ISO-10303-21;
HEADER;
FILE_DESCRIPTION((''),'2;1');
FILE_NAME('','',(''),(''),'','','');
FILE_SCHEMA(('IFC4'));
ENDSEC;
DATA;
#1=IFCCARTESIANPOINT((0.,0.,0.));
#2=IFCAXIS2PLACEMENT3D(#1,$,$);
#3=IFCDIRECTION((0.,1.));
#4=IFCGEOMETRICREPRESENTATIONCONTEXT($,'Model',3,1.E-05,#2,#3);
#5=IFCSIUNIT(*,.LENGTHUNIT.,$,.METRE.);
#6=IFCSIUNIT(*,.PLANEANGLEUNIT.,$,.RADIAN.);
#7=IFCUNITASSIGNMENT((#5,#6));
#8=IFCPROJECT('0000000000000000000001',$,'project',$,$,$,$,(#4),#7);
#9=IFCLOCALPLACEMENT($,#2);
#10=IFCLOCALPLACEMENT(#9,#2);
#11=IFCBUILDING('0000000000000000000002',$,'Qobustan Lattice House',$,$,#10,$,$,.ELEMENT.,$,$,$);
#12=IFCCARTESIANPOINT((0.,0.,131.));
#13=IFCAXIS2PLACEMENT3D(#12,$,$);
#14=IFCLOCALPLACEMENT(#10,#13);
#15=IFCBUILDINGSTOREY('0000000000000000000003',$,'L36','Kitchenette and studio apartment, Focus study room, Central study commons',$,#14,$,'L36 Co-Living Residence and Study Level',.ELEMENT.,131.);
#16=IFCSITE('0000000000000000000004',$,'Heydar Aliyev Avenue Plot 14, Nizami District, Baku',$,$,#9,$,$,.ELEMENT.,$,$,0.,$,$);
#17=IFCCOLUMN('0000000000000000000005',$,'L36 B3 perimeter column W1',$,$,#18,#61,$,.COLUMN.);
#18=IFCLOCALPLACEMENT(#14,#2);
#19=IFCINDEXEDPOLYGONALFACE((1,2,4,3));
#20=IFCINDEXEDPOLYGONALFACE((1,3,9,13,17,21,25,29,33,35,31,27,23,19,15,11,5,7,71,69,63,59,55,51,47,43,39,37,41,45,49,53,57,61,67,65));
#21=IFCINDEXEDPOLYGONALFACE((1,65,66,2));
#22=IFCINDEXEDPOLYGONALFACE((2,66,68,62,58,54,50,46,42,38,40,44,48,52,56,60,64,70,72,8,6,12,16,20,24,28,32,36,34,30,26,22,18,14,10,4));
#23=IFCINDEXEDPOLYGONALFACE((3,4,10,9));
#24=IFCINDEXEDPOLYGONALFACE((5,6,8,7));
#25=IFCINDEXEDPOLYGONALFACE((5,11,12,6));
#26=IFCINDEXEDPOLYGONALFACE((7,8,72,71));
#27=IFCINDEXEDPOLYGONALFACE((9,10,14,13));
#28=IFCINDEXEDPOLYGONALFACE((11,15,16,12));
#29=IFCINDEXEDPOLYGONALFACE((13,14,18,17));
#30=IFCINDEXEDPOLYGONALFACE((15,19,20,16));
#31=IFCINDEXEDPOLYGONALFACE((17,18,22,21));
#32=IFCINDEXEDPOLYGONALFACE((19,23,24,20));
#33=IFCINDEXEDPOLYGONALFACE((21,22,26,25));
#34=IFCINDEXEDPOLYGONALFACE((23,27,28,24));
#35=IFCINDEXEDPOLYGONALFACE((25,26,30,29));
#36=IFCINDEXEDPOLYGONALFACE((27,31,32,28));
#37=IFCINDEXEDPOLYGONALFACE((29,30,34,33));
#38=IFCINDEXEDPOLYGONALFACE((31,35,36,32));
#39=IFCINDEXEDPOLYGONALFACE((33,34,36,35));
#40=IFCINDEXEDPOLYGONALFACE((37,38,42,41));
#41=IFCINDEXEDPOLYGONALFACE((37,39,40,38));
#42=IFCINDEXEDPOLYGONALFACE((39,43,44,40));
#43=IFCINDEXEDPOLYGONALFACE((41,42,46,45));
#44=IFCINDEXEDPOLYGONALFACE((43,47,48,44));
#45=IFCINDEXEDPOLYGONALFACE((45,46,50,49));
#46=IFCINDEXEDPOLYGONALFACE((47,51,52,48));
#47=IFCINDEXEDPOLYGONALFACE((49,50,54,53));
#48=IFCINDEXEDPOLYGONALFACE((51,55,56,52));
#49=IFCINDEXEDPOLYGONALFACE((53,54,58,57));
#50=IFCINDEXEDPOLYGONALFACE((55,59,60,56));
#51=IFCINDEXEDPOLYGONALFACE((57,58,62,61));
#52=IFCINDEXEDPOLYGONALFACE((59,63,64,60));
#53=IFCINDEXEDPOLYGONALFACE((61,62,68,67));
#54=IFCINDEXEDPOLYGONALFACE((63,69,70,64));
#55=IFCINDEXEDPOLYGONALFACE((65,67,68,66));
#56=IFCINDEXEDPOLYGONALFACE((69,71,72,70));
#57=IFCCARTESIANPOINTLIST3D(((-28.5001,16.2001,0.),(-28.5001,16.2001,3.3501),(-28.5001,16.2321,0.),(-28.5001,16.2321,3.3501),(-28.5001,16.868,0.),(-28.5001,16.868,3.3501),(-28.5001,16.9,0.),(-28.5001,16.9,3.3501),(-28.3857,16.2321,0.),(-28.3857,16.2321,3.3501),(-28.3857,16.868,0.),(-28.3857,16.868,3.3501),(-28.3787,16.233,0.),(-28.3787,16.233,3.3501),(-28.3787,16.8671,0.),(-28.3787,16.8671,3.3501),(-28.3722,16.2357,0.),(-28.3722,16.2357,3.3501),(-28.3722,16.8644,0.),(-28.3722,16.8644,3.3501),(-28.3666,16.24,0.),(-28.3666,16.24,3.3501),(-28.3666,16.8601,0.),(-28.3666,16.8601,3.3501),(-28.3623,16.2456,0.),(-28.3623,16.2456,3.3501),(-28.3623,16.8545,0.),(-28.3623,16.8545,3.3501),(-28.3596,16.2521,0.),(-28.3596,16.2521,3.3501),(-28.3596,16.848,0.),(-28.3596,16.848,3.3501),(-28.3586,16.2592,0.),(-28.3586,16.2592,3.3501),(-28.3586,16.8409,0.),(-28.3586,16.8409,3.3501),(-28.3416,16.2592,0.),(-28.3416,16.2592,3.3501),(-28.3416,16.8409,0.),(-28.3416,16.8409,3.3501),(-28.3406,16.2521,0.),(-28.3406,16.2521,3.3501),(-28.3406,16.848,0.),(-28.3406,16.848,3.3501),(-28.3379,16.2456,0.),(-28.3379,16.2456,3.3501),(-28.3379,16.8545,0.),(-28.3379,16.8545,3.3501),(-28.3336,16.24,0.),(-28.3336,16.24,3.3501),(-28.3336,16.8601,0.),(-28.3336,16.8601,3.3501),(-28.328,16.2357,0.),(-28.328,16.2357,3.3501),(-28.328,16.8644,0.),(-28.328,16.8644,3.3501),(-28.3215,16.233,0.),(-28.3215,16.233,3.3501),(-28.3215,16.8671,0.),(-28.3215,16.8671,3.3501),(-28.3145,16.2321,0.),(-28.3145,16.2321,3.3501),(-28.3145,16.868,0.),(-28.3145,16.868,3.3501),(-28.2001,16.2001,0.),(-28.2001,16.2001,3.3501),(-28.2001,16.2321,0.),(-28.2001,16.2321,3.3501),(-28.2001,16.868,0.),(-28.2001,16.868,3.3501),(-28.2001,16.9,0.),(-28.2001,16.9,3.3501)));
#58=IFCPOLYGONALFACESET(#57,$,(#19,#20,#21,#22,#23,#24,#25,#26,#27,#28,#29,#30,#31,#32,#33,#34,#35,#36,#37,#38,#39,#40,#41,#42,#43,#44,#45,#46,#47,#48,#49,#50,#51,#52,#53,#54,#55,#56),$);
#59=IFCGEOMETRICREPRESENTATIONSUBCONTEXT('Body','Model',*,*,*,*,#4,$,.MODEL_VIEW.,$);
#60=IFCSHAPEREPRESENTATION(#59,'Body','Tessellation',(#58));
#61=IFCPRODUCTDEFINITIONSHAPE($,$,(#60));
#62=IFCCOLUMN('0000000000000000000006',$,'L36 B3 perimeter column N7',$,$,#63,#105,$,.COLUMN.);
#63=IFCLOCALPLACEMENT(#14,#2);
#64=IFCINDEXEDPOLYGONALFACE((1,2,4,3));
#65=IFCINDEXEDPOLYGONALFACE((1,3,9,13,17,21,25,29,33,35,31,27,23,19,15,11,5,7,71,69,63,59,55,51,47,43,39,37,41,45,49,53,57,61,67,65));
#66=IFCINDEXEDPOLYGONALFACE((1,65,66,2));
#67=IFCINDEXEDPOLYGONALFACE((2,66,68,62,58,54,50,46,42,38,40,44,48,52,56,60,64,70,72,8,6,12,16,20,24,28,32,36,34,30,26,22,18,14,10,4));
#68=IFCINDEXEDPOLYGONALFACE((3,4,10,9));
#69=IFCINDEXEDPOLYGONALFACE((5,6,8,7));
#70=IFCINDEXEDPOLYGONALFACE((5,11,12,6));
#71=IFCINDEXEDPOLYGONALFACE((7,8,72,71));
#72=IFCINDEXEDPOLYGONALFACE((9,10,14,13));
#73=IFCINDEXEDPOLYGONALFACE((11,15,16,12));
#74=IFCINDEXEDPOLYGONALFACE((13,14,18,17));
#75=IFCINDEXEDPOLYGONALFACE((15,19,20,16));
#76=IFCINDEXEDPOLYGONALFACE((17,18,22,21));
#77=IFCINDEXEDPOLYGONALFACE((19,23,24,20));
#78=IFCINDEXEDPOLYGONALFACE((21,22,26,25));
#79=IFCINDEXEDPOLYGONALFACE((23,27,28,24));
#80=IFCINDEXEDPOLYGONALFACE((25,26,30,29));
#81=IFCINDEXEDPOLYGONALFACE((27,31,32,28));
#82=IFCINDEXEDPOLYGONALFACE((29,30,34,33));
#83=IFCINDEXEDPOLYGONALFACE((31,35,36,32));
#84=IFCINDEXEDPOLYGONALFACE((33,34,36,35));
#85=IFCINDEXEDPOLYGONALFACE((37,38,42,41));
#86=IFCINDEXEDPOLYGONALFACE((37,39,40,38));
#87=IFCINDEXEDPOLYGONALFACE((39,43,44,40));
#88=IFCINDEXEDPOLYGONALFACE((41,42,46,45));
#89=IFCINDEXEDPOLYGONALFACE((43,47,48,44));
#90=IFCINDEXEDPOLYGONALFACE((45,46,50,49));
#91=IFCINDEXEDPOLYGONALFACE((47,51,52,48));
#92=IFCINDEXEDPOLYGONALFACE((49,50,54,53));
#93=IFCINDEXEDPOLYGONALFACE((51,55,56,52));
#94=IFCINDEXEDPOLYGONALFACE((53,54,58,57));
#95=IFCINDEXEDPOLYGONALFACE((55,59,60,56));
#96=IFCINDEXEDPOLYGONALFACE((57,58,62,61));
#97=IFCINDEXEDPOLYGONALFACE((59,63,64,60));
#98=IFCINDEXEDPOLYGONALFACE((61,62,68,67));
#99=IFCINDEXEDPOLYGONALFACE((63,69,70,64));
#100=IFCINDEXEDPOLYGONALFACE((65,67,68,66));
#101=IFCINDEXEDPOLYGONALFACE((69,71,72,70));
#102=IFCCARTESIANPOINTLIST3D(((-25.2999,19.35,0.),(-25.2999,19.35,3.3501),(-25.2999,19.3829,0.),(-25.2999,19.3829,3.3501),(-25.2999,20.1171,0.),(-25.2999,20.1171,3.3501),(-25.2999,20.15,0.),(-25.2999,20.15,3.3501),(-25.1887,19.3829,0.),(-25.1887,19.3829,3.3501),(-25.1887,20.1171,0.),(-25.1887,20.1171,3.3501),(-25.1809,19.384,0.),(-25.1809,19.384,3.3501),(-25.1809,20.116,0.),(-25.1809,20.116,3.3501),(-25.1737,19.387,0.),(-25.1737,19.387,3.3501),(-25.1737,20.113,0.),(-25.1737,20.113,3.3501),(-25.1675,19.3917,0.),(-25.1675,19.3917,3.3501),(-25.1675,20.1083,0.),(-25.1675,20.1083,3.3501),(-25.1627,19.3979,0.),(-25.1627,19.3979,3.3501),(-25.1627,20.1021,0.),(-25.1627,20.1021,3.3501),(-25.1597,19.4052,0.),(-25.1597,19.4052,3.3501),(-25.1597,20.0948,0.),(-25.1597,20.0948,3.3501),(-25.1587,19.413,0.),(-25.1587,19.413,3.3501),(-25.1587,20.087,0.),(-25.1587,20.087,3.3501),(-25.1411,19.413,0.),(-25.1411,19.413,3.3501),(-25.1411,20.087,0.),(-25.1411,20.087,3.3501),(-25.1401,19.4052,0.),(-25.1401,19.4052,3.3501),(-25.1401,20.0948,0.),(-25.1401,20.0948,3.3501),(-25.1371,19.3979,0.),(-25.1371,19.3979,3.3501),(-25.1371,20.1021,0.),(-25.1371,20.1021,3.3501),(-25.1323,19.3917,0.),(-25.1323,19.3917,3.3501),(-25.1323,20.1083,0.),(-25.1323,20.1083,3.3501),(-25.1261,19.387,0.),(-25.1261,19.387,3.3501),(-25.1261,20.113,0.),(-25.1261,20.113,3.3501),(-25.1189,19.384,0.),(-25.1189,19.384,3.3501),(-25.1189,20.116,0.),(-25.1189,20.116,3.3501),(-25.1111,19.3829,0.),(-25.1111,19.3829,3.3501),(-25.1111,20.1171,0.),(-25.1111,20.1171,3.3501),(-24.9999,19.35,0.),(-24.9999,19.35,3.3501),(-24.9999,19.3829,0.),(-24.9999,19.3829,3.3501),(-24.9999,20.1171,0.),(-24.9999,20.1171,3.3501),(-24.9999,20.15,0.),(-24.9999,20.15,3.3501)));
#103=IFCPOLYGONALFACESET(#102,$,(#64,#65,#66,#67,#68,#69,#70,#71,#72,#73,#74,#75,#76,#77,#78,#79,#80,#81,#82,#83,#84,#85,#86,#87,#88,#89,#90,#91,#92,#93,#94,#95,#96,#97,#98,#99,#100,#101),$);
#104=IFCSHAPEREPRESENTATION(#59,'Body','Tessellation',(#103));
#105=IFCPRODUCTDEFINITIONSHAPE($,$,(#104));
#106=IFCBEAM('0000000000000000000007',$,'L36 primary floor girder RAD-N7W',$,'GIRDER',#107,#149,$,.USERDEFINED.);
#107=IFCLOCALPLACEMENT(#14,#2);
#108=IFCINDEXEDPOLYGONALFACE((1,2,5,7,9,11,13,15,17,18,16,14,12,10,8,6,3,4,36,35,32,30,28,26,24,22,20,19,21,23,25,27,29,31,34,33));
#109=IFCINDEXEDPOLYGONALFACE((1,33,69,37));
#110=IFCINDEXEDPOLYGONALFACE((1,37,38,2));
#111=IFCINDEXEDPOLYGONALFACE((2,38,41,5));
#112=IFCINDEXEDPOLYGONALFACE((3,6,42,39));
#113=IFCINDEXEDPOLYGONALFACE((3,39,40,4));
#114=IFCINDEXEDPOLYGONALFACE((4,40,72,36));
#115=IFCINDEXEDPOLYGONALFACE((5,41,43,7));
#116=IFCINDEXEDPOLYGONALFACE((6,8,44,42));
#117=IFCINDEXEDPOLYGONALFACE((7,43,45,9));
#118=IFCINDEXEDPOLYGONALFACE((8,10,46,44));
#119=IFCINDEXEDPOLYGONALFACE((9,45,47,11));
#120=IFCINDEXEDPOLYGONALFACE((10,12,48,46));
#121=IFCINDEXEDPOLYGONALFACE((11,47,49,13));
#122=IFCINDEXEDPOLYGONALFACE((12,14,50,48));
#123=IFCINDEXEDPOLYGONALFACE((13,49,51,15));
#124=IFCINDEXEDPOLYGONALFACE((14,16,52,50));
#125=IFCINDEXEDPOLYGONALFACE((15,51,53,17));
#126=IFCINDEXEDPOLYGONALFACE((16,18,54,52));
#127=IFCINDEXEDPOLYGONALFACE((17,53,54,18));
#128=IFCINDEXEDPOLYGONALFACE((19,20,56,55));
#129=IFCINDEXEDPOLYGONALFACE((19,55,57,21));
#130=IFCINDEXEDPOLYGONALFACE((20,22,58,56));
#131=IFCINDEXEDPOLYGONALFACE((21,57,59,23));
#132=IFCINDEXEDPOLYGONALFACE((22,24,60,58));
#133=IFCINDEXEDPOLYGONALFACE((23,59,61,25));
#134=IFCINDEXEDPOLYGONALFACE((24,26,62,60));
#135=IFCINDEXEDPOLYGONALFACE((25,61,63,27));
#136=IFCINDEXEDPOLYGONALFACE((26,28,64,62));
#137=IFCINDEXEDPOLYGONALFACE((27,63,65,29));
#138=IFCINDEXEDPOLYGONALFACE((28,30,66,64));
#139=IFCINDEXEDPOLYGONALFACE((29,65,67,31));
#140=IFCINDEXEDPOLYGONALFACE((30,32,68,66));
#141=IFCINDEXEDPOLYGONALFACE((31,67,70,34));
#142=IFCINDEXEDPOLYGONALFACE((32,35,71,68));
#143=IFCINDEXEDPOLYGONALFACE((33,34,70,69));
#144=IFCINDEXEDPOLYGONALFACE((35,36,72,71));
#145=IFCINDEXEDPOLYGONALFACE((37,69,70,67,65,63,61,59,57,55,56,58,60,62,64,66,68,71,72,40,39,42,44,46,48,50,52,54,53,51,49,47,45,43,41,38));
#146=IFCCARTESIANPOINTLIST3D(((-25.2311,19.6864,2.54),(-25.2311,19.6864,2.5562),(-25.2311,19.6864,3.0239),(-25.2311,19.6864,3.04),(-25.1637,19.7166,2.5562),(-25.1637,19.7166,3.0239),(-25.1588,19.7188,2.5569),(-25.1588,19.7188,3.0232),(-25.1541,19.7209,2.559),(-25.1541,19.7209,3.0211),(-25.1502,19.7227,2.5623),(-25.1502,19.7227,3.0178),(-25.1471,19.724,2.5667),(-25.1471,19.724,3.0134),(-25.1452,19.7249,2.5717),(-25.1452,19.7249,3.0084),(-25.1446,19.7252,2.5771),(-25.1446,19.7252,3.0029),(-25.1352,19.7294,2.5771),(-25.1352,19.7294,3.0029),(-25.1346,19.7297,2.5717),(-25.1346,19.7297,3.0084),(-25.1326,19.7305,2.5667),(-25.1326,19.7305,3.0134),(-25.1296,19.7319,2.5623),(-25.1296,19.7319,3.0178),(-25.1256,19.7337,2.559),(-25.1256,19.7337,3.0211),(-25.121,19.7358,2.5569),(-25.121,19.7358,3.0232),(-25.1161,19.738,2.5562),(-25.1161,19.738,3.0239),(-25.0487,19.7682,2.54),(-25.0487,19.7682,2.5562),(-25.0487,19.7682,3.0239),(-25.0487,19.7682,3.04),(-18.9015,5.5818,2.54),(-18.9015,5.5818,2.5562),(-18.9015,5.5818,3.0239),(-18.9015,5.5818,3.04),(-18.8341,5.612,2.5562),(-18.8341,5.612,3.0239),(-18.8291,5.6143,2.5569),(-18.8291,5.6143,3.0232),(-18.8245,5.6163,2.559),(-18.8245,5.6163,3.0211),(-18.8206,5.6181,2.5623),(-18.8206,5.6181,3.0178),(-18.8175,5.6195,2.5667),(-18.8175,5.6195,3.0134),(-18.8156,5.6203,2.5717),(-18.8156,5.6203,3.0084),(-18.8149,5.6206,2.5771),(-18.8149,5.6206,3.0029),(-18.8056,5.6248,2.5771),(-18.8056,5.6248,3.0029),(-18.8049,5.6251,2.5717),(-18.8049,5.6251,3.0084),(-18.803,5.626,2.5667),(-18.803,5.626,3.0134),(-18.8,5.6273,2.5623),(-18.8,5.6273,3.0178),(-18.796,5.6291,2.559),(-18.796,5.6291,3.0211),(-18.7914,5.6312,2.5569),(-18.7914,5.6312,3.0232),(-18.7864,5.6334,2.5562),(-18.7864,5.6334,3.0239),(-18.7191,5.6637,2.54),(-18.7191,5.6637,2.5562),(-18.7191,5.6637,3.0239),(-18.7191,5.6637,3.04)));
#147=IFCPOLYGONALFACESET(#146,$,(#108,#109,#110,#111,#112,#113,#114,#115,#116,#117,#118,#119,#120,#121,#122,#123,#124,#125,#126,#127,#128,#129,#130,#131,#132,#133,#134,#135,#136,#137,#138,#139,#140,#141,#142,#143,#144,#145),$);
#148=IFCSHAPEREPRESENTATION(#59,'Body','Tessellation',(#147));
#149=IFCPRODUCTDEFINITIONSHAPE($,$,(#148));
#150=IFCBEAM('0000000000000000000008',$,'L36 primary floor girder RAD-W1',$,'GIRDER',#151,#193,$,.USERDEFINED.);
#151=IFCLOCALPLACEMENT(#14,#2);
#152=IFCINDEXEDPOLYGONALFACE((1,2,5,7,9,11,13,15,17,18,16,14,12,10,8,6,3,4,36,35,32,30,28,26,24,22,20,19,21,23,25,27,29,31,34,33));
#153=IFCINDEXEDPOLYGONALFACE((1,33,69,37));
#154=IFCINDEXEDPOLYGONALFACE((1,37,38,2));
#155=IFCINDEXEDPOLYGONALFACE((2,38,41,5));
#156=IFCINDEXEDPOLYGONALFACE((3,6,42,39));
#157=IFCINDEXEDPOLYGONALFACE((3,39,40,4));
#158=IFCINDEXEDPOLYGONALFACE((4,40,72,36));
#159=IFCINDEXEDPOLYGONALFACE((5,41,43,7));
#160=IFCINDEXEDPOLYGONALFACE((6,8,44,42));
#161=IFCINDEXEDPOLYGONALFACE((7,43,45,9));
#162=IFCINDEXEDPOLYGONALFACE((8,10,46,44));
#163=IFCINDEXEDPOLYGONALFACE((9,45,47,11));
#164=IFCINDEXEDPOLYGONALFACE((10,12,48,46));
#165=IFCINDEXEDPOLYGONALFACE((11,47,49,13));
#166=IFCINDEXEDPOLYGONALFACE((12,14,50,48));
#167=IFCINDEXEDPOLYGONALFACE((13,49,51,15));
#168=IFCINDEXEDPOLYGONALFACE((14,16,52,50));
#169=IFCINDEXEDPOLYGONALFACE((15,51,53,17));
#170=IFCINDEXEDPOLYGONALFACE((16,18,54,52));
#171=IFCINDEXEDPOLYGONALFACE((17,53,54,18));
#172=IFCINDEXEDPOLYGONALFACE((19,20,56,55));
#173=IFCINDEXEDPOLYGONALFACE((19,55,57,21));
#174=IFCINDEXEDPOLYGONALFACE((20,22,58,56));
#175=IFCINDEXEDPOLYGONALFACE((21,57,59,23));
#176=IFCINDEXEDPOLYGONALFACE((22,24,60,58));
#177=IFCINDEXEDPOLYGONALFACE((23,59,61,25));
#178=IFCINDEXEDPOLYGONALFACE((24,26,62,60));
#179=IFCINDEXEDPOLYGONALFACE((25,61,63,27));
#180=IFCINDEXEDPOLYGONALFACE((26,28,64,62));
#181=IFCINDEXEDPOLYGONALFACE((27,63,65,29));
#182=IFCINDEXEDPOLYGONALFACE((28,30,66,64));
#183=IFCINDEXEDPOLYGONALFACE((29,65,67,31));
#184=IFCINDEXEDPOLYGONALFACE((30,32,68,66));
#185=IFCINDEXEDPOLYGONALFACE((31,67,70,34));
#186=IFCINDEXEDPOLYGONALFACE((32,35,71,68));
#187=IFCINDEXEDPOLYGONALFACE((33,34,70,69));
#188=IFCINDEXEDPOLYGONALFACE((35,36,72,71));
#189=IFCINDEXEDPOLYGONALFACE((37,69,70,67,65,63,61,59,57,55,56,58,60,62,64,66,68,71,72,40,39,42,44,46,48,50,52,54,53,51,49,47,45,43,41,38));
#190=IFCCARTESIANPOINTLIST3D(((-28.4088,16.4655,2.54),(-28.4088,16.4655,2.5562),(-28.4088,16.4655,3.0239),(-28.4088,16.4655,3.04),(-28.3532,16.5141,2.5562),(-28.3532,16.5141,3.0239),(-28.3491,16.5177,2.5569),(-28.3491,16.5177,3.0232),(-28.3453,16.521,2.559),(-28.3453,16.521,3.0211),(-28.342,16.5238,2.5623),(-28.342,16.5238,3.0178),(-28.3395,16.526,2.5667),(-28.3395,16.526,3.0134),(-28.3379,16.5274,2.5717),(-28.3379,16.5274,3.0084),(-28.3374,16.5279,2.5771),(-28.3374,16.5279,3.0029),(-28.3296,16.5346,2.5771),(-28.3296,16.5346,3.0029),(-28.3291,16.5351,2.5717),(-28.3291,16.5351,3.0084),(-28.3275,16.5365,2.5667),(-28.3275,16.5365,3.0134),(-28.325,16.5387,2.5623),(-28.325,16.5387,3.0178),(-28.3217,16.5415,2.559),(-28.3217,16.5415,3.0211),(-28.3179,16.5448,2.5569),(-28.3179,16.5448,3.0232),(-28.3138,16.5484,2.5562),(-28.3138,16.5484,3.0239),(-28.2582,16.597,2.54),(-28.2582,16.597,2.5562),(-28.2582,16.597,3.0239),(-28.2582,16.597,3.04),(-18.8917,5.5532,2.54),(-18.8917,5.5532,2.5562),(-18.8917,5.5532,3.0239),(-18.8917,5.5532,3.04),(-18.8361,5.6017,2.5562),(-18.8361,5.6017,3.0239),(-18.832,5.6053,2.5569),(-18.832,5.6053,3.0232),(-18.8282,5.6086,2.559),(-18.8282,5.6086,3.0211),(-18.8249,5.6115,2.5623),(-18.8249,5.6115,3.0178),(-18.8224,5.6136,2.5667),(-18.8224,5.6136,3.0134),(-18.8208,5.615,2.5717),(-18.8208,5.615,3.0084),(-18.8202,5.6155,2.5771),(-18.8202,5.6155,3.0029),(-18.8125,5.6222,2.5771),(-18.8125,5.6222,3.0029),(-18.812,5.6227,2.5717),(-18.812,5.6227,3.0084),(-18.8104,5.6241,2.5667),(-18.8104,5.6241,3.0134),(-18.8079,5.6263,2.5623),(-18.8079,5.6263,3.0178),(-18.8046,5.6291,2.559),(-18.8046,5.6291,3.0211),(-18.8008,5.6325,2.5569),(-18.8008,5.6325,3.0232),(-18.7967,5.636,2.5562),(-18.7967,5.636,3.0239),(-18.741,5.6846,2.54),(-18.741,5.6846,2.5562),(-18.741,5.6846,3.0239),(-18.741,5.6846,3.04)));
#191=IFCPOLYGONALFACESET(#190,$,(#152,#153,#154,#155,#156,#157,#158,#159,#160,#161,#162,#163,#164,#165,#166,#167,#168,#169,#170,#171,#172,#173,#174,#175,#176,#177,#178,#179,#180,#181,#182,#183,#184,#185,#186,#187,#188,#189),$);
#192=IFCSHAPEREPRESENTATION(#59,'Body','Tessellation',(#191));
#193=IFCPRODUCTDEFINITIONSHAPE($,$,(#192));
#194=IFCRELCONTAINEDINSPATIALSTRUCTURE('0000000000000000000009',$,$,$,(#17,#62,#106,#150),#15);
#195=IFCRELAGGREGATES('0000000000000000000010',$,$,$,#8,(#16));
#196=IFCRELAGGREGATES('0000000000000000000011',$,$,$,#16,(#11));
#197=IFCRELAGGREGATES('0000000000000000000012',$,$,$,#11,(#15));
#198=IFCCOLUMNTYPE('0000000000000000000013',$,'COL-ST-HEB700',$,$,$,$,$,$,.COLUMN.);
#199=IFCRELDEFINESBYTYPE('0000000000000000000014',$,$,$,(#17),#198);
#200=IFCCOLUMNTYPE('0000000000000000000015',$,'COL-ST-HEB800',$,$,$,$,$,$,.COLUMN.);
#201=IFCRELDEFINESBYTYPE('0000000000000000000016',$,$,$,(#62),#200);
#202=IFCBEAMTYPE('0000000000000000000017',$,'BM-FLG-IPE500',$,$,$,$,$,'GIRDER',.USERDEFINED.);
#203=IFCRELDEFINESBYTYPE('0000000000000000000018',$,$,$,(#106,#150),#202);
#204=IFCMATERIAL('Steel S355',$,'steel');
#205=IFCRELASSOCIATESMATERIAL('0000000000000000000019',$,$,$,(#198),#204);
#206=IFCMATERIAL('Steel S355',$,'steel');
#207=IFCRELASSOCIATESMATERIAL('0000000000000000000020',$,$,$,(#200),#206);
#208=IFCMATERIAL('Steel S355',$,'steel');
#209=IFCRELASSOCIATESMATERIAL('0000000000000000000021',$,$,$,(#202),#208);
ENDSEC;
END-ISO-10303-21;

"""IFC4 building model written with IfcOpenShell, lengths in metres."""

from ifc_helpers import new_model, si_unit, direction, frame, origin, origin_2d, place, context, subcontext, project, spatial, i_section, extrude, material, material_profile, profile_set, type_object, element, save


model = new_model("IFC4")

# Units and contexts
model_context = context("Model", 3, precision=1e-05, world=origin(), true_north=direction((0.0, 1.0)))
body_context = subcontext(model_context, "Body", "Model", "MODEL_VIEW")
ifc_project = project(units=[si_unit("LENGTHUNIT", "METRE"), si_unit("PLANEANGLEUNIT", "RADIAN")], contexts=[model_context])

# Site, building, storey
site_placement = place(None, origin())
site = spatial("IfcSite", under=ifc_project, at=site_placement, Name="Heydar Aliyev Avenue Plot 14, Nizami District, Baku", CompositionType="ELEMENT", RefElevation=0.0)
building_placement = place(site_placement, origin())
building = spatial("IfcBuilding", under=site, at=building_placement, Name="Qobustan Lattice House", CompositionType="ELEMENT")
storey_placement = place(building_placement, frame((0.0, 0.0, 131.0)))
storey = spatial("IfcBuildingStorey", under=building, at=storey_placement, Name="L36", Description="Kitchenette and studio apartment, Focus study room, Central study commons", LongName="L36 Co-Living Residence and Study Level", CompositionType="ELEMENT", Elevation=131.0)

# Columns
ifc_material_1 = material(Name="Steel S355", Category="steel")
ifc_material_profile_1 = material_profile(ifc_material_1, i_section(OverallWidth=0.3, OverallDepth=0.7, WebThickness=0.0171, FlangeThickness=0.032, FilletRadius=0.0271, at=origin_2d()), Name="HEB700")
ifc_profile_set_1 = profile_set([ifc_material_profile_1], Name="Steel S355")
column_type_1 = type_object("IfcColumnType", Name="COL-ST-HEB700", PredefinedType="COLUMN", material=ifc_profile_set_1)
column_1_placement = place(storey_placement, frame((-28.3501, 16.55, 0.0), z_axis=(0.0, 0.0, 1.0), x_axis=(1.0, 0.0, 0.0)))
element("IfcColumn", 1, at=column_1_placement, inside=storey, type_object=column_type_1, Name="L36 B3 perimeter column W1", PredefinedType="COLUMN", context=body_context, shape_type="SweptSolid", body=[
    extrude(i_section(OverallWidth=0.3, OverallDepth=0.7, WebThickness=0.0171, FlangeThickness=0.032, FilletRadius=0.0271, at=origin_2d()), origin(), (0.0, 0.0, 1.0), 3.3501),
])
ifc_material_2 = material(Name="Steel S355", Category="steel")
ifc_material_profile_2 = material_profile(ifc_material_2, i_section(OverallWidth=0.3, OverallDepth=0.8, WebThickness=0.0176, FlangeThickness=0.033, FilletRadius=0.03, at=origin_2d()), Name="HEB800")
ifc_profile_set_2 = profile_set([ifc_material_profile_2], Name="Steel S355")
column_type_2 = type_object("IfcColumnType", Name="COL-ST-HEB800", PredefinedType="COLUMN", material=ifc_profile_set_2)
column_2_placement = place(storey_placement, frame((-25.1499, 19.75, 0.0), z_axis=(0.0, 0.0, 1.0), x_axis=(1.0, 0.0, 0.0)))
element("IfcColumn", 2, at=column_2_placement, inside=storey, type_object=column_type_2, Name="L36 B3 perimeter column N7", PredefinedType="COLUMN", context=body_context, shape_type="SweptSolid", body=[
    extrude(i_section(OverallWidth=0.3, OverallDepth=0.8, WebThickness=0.0176, FlangeThickness=0.033, FilletRadius=0.03, at=origin_2d()), origin(), (0.0, 0.0, 1.0), 3.3501),
])

# Beams
ifc_material_3 = material(Name="Steel S355", Category="steel")
ifc_material_profile_3 = material_profile(ifc_material_3, i_section(OverallWidth=0.2, OverallDepth=0.5, WebThickness=0.0103, FlangeThickness=0.0161, FilletRadius=0.021, at=origin_2d()), Name="IPE500")
ifc_profile_set_3 = profile_set([ifc_material_profile_3], Name="Steel S355")
beam_type_1 = type_object("IfcBeamType", Name="BM-FLG-IPE500", ElementType="GIRDER", PredefinedType="USERDEFINED", material=ifc_profile_set_3)
beam_1_placement = place(storey_placement, frame((-25.1399, 19.7273, 2.79), z_axis=(0.409427, -0.912343, 0.0), x_axis=(0.912343, 0.409427, 0.0)))
element("IfcBeam", 3, at=beam_1_placement, inside=storey, type_object=beam_type_1, Name="L36 primary floor girder RAD-N7W", ObjectType="GIRDER", PredefinedType="USERDEFINED", context=body_context, shape_type="SweptSolid", body=[
    extrude(i_section(OverallWidth=0.2, OverallDepth=0.5, WebThickness=0.0103, FlangeThickness=0.0161, FilletRadius=0.021, at=origin_2d()), origin(), (0.0, 0.0, 1.0), 15.4597),
])
beam_2_placement = place(storey_placement, frame((-28.3335, 16.5312, 2.79), z_axis=(0.657283, -0.753644, 0.0), x_axis=(0.753644, 0.657283, 0.0)))
element("IfcBeam", 4, at=beam_2_placement, inside=storey, type_object=beam_type_1, Name="L36 primary floor girder RAD-W1", ObjectType="GIRDER", PredefinedType="USERDEFINED", context=body_context, shape_type="SweptSolid", body=[
    extrude(i_section(OverallWidth=0.2, OverallDepth=0.5, WebThickness=0.0103, FlangeThickness=0.0161, FilletRadius=0.021, at=origin_2d()), origin(), (0.0, 0.0, 1.0), 14.4795),
])

save(model, "model.ifc")
